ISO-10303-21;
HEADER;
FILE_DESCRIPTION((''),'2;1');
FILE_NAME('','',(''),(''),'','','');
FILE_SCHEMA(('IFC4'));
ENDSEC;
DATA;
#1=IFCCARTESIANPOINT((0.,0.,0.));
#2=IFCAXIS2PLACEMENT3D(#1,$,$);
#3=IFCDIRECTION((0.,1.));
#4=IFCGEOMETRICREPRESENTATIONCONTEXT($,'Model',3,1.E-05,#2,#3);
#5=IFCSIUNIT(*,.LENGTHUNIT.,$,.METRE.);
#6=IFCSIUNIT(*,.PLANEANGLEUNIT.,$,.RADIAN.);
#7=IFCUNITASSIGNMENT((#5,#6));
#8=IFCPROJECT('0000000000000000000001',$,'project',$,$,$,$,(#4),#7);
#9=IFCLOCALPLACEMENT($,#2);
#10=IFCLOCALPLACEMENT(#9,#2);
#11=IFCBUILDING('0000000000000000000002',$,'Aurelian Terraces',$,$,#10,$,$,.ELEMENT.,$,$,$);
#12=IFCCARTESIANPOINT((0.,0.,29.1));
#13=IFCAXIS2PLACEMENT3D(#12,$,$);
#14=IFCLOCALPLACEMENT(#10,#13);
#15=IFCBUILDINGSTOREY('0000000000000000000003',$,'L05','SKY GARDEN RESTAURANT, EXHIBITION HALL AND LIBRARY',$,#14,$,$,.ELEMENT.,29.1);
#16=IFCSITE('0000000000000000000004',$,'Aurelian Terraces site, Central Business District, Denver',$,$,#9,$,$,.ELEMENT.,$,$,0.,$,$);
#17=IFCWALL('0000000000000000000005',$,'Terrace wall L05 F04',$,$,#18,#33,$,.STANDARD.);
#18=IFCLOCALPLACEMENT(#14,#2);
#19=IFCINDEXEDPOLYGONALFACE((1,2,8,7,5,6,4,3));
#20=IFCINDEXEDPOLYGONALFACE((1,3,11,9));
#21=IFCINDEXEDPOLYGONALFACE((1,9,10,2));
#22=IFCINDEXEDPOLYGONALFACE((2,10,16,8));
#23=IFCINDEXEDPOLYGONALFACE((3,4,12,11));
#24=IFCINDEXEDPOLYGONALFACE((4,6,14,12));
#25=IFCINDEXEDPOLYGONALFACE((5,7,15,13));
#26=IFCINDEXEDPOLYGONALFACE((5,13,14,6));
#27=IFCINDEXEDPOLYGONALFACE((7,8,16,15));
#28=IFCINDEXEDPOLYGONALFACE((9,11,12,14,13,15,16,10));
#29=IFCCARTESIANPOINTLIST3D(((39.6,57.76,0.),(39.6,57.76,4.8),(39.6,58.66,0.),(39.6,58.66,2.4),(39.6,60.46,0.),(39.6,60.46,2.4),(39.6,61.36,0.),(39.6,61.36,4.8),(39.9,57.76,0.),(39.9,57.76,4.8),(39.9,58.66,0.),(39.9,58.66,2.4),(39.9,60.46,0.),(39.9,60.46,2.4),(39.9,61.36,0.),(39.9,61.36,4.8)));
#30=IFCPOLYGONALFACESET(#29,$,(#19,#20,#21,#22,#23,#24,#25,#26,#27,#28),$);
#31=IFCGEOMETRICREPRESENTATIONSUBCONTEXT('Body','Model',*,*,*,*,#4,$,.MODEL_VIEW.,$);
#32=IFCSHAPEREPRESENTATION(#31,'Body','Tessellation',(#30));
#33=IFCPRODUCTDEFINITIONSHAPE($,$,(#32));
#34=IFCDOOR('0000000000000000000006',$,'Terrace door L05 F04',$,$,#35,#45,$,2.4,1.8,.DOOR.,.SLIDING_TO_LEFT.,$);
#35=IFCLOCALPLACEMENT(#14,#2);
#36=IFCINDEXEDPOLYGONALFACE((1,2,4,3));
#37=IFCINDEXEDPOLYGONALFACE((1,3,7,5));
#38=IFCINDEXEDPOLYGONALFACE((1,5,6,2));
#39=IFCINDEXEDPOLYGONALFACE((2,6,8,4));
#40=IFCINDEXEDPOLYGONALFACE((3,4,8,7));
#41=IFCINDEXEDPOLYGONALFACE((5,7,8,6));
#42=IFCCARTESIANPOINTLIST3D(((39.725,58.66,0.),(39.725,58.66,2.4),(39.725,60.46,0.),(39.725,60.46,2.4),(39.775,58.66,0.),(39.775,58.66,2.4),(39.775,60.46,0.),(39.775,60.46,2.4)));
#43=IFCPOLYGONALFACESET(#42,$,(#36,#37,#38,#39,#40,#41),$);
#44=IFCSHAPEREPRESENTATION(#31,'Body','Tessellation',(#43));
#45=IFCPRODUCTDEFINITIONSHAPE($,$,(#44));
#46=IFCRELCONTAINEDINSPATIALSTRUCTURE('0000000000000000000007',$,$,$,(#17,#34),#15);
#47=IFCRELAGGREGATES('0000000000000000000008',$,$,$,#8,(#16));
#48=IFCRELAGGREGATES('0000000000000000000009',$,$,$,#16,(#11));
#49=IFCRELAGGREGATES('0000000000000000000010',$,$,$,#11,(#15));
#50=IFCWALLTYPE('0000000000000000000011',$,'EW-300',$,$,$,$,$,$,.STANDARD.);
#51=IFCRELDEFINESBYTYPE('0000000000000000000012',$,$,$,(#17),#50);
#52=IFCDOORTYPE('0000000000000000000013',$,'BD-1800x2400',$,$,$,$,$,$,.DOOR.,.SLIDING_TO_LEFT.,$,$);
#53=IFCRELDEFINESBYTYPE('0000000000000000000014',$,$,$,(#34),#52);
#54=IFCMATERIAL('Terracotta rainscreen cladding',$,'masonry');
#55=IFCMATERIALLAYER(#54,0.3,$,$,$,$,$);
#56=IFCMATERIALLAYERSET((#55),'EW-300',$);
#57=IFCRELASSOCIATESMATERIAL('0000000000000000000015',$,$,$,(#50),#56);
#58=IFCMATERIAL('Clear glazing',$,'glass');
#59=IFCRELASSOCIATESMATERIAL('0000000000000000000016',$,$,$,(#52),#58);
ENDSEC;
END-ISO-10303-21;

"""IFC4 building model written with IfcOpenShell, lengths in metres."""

from ifc_helpers import new_model, si_unit, direction, frame, frame_2d, origin, place, context, subcontext, project, spatial, rectangle, extrude, source, transform, mapped, material, layer, layer_set, type_object, element, fill, save


model = new_model("IFC4")

# Units and contexts
model_context = context("Model", 3, precision=1e-05, world=origin(), true_north=direction((0.0, 1.0)))
body_context = subcontext(model_context, "Body", "Model", "MODEL_VIEW")
ifc_project = project(units=[si_unit("LENGTHUNIT", "METRE"), si_unit("PLANEANGLEUNIT", "RADIAN")], contexts=[model_context])

# Site, building, storey
site_placement = place(None, origin())
site = spatial("IfcSite", under=ifc_project, at=site_placement, Name="Aurelian Terraces site, Central Business District, Denver", CompositionType="ELEMENT", RefElevation=0.0)
building_placement = place(site_placement, origin())
building = spatial("IfcBuilding", under=site, at=building_placement, Name="Aurelian Terraces", CompositionType="ELEMENT")
storey_placement = place(building_placement, frame((0.0, 0.0, 29.1)))
storey = spatial("IfcBuildingStorey", under=building, at=storey_placement, Name="L05", Description="SKY GARDEN RESTAURANT, EXHIBITION HALL AND LIBRARY", CompositionType="ELEMENT", Elevation=29.1)

# Shared definitions
ifc_material_1 = material(Name="Clear glazing", Category="glass")

# Wall, opening, door
ifc_material_2 = material(Name="Terracotta rainscreen cladding", Category="masonry")
ifc_layer_1 = layer(ifc_material_2, 0.3)
ifc_layer_set_1 = layer_set([ifc_layer_1], Name="EW-300")
wall_type = type_object("IfcWallType", Name="EW-300", PredefinedType="STANDARD", material=ifc_layer_set_1)
shared_shape_1 = source(origin(), body_context, "Body", "SweptSolid", [
    extrude(rectangle(XDim=3.6, YDim=0.3, at=frame_2d((1.8, 0.0))), origin(), (0.0, 0.0, 1.0), 4.8),
])
wall_placement = place(storey_placement, frame((39.75, 57.76, 0.0), z_axis=(0.0, 0.0, 1.0), x_axis=(0.0, 1.0, 0.0)))
wall = element("IfcWall", 1, at=wall_placement, inside=storey, type_object=wall_type, Name="Terrace wall L05 F04", PredefinedType="STANDARD", context=body_context, shape_type="MappedRepresentation", body=[
    mapped(shared_shape_1, transform((0.0, 0.0, 0.0), scale=1.0)),
])
shared_shape_2 = source(origin(), body_context, "Body", "SweptSolid", [
    extrude(rectangle(XDim=1.8, YDim=2.4, at=frame_2d((0.9, 1.2))), frame((0.0, 0.16, 0.0), z_axis=(0.0, -1.0, 0.0), x_axis=(1.0, 0.0, 0.0)), (0.0, 0.0, 1.0), 0.32),
])
opening_placement = place(wall_placement, frame((0.9, 0.0, 0.0)))
opening = element("IfcOpeningElement", 2, at=opening_placement, cuts=wall, PredefinedType="OPENING", context=body_context, shape_type="MappedRepresentation", body=[
    mapped(shared_shape_2, transform((0.0, 0.0, 0.0), scale=1.0)),
])
door_type = type_object("IfcDoorType", Name="BD-1800x2400", OperationType="SLIDING_TO_LEFT", PredefinedType="DOOR", material=ifc_material_1)
shared_shape_3 = source(origin(), body_context, "Body", "SweptSolid", [
    extrude(rectangle(XDim=1.8, YDim=2.4, at=frame_2d((0.9, 1.2))), frame((0.0, 0.025, 0.0), z_axis=(0.0, -1.0, 0.0), x_axis=(1.0, 0.0, 0.0)), (0.0, 0.0, 1.0), 0.05),
])
door_placement = place(opening_placement, origin())
door = element("IfcDoor", 3, at=door_placement, inside=storey, type_object=door_type, Name="Terrace door L05 F04", OperationType="SLIDING_TO_LEFT", OverallHeight=2.4, OverallWidth=1.8, PredefinedType="DOOR", context=body_context, shape_type="MappedRepresentation", body=[
    mapped(shared_shape_3, transform((0.0, 0.0, 0.0), scale=1.0)),
])
fill(opening, door)

save(model, "model.ifc")
